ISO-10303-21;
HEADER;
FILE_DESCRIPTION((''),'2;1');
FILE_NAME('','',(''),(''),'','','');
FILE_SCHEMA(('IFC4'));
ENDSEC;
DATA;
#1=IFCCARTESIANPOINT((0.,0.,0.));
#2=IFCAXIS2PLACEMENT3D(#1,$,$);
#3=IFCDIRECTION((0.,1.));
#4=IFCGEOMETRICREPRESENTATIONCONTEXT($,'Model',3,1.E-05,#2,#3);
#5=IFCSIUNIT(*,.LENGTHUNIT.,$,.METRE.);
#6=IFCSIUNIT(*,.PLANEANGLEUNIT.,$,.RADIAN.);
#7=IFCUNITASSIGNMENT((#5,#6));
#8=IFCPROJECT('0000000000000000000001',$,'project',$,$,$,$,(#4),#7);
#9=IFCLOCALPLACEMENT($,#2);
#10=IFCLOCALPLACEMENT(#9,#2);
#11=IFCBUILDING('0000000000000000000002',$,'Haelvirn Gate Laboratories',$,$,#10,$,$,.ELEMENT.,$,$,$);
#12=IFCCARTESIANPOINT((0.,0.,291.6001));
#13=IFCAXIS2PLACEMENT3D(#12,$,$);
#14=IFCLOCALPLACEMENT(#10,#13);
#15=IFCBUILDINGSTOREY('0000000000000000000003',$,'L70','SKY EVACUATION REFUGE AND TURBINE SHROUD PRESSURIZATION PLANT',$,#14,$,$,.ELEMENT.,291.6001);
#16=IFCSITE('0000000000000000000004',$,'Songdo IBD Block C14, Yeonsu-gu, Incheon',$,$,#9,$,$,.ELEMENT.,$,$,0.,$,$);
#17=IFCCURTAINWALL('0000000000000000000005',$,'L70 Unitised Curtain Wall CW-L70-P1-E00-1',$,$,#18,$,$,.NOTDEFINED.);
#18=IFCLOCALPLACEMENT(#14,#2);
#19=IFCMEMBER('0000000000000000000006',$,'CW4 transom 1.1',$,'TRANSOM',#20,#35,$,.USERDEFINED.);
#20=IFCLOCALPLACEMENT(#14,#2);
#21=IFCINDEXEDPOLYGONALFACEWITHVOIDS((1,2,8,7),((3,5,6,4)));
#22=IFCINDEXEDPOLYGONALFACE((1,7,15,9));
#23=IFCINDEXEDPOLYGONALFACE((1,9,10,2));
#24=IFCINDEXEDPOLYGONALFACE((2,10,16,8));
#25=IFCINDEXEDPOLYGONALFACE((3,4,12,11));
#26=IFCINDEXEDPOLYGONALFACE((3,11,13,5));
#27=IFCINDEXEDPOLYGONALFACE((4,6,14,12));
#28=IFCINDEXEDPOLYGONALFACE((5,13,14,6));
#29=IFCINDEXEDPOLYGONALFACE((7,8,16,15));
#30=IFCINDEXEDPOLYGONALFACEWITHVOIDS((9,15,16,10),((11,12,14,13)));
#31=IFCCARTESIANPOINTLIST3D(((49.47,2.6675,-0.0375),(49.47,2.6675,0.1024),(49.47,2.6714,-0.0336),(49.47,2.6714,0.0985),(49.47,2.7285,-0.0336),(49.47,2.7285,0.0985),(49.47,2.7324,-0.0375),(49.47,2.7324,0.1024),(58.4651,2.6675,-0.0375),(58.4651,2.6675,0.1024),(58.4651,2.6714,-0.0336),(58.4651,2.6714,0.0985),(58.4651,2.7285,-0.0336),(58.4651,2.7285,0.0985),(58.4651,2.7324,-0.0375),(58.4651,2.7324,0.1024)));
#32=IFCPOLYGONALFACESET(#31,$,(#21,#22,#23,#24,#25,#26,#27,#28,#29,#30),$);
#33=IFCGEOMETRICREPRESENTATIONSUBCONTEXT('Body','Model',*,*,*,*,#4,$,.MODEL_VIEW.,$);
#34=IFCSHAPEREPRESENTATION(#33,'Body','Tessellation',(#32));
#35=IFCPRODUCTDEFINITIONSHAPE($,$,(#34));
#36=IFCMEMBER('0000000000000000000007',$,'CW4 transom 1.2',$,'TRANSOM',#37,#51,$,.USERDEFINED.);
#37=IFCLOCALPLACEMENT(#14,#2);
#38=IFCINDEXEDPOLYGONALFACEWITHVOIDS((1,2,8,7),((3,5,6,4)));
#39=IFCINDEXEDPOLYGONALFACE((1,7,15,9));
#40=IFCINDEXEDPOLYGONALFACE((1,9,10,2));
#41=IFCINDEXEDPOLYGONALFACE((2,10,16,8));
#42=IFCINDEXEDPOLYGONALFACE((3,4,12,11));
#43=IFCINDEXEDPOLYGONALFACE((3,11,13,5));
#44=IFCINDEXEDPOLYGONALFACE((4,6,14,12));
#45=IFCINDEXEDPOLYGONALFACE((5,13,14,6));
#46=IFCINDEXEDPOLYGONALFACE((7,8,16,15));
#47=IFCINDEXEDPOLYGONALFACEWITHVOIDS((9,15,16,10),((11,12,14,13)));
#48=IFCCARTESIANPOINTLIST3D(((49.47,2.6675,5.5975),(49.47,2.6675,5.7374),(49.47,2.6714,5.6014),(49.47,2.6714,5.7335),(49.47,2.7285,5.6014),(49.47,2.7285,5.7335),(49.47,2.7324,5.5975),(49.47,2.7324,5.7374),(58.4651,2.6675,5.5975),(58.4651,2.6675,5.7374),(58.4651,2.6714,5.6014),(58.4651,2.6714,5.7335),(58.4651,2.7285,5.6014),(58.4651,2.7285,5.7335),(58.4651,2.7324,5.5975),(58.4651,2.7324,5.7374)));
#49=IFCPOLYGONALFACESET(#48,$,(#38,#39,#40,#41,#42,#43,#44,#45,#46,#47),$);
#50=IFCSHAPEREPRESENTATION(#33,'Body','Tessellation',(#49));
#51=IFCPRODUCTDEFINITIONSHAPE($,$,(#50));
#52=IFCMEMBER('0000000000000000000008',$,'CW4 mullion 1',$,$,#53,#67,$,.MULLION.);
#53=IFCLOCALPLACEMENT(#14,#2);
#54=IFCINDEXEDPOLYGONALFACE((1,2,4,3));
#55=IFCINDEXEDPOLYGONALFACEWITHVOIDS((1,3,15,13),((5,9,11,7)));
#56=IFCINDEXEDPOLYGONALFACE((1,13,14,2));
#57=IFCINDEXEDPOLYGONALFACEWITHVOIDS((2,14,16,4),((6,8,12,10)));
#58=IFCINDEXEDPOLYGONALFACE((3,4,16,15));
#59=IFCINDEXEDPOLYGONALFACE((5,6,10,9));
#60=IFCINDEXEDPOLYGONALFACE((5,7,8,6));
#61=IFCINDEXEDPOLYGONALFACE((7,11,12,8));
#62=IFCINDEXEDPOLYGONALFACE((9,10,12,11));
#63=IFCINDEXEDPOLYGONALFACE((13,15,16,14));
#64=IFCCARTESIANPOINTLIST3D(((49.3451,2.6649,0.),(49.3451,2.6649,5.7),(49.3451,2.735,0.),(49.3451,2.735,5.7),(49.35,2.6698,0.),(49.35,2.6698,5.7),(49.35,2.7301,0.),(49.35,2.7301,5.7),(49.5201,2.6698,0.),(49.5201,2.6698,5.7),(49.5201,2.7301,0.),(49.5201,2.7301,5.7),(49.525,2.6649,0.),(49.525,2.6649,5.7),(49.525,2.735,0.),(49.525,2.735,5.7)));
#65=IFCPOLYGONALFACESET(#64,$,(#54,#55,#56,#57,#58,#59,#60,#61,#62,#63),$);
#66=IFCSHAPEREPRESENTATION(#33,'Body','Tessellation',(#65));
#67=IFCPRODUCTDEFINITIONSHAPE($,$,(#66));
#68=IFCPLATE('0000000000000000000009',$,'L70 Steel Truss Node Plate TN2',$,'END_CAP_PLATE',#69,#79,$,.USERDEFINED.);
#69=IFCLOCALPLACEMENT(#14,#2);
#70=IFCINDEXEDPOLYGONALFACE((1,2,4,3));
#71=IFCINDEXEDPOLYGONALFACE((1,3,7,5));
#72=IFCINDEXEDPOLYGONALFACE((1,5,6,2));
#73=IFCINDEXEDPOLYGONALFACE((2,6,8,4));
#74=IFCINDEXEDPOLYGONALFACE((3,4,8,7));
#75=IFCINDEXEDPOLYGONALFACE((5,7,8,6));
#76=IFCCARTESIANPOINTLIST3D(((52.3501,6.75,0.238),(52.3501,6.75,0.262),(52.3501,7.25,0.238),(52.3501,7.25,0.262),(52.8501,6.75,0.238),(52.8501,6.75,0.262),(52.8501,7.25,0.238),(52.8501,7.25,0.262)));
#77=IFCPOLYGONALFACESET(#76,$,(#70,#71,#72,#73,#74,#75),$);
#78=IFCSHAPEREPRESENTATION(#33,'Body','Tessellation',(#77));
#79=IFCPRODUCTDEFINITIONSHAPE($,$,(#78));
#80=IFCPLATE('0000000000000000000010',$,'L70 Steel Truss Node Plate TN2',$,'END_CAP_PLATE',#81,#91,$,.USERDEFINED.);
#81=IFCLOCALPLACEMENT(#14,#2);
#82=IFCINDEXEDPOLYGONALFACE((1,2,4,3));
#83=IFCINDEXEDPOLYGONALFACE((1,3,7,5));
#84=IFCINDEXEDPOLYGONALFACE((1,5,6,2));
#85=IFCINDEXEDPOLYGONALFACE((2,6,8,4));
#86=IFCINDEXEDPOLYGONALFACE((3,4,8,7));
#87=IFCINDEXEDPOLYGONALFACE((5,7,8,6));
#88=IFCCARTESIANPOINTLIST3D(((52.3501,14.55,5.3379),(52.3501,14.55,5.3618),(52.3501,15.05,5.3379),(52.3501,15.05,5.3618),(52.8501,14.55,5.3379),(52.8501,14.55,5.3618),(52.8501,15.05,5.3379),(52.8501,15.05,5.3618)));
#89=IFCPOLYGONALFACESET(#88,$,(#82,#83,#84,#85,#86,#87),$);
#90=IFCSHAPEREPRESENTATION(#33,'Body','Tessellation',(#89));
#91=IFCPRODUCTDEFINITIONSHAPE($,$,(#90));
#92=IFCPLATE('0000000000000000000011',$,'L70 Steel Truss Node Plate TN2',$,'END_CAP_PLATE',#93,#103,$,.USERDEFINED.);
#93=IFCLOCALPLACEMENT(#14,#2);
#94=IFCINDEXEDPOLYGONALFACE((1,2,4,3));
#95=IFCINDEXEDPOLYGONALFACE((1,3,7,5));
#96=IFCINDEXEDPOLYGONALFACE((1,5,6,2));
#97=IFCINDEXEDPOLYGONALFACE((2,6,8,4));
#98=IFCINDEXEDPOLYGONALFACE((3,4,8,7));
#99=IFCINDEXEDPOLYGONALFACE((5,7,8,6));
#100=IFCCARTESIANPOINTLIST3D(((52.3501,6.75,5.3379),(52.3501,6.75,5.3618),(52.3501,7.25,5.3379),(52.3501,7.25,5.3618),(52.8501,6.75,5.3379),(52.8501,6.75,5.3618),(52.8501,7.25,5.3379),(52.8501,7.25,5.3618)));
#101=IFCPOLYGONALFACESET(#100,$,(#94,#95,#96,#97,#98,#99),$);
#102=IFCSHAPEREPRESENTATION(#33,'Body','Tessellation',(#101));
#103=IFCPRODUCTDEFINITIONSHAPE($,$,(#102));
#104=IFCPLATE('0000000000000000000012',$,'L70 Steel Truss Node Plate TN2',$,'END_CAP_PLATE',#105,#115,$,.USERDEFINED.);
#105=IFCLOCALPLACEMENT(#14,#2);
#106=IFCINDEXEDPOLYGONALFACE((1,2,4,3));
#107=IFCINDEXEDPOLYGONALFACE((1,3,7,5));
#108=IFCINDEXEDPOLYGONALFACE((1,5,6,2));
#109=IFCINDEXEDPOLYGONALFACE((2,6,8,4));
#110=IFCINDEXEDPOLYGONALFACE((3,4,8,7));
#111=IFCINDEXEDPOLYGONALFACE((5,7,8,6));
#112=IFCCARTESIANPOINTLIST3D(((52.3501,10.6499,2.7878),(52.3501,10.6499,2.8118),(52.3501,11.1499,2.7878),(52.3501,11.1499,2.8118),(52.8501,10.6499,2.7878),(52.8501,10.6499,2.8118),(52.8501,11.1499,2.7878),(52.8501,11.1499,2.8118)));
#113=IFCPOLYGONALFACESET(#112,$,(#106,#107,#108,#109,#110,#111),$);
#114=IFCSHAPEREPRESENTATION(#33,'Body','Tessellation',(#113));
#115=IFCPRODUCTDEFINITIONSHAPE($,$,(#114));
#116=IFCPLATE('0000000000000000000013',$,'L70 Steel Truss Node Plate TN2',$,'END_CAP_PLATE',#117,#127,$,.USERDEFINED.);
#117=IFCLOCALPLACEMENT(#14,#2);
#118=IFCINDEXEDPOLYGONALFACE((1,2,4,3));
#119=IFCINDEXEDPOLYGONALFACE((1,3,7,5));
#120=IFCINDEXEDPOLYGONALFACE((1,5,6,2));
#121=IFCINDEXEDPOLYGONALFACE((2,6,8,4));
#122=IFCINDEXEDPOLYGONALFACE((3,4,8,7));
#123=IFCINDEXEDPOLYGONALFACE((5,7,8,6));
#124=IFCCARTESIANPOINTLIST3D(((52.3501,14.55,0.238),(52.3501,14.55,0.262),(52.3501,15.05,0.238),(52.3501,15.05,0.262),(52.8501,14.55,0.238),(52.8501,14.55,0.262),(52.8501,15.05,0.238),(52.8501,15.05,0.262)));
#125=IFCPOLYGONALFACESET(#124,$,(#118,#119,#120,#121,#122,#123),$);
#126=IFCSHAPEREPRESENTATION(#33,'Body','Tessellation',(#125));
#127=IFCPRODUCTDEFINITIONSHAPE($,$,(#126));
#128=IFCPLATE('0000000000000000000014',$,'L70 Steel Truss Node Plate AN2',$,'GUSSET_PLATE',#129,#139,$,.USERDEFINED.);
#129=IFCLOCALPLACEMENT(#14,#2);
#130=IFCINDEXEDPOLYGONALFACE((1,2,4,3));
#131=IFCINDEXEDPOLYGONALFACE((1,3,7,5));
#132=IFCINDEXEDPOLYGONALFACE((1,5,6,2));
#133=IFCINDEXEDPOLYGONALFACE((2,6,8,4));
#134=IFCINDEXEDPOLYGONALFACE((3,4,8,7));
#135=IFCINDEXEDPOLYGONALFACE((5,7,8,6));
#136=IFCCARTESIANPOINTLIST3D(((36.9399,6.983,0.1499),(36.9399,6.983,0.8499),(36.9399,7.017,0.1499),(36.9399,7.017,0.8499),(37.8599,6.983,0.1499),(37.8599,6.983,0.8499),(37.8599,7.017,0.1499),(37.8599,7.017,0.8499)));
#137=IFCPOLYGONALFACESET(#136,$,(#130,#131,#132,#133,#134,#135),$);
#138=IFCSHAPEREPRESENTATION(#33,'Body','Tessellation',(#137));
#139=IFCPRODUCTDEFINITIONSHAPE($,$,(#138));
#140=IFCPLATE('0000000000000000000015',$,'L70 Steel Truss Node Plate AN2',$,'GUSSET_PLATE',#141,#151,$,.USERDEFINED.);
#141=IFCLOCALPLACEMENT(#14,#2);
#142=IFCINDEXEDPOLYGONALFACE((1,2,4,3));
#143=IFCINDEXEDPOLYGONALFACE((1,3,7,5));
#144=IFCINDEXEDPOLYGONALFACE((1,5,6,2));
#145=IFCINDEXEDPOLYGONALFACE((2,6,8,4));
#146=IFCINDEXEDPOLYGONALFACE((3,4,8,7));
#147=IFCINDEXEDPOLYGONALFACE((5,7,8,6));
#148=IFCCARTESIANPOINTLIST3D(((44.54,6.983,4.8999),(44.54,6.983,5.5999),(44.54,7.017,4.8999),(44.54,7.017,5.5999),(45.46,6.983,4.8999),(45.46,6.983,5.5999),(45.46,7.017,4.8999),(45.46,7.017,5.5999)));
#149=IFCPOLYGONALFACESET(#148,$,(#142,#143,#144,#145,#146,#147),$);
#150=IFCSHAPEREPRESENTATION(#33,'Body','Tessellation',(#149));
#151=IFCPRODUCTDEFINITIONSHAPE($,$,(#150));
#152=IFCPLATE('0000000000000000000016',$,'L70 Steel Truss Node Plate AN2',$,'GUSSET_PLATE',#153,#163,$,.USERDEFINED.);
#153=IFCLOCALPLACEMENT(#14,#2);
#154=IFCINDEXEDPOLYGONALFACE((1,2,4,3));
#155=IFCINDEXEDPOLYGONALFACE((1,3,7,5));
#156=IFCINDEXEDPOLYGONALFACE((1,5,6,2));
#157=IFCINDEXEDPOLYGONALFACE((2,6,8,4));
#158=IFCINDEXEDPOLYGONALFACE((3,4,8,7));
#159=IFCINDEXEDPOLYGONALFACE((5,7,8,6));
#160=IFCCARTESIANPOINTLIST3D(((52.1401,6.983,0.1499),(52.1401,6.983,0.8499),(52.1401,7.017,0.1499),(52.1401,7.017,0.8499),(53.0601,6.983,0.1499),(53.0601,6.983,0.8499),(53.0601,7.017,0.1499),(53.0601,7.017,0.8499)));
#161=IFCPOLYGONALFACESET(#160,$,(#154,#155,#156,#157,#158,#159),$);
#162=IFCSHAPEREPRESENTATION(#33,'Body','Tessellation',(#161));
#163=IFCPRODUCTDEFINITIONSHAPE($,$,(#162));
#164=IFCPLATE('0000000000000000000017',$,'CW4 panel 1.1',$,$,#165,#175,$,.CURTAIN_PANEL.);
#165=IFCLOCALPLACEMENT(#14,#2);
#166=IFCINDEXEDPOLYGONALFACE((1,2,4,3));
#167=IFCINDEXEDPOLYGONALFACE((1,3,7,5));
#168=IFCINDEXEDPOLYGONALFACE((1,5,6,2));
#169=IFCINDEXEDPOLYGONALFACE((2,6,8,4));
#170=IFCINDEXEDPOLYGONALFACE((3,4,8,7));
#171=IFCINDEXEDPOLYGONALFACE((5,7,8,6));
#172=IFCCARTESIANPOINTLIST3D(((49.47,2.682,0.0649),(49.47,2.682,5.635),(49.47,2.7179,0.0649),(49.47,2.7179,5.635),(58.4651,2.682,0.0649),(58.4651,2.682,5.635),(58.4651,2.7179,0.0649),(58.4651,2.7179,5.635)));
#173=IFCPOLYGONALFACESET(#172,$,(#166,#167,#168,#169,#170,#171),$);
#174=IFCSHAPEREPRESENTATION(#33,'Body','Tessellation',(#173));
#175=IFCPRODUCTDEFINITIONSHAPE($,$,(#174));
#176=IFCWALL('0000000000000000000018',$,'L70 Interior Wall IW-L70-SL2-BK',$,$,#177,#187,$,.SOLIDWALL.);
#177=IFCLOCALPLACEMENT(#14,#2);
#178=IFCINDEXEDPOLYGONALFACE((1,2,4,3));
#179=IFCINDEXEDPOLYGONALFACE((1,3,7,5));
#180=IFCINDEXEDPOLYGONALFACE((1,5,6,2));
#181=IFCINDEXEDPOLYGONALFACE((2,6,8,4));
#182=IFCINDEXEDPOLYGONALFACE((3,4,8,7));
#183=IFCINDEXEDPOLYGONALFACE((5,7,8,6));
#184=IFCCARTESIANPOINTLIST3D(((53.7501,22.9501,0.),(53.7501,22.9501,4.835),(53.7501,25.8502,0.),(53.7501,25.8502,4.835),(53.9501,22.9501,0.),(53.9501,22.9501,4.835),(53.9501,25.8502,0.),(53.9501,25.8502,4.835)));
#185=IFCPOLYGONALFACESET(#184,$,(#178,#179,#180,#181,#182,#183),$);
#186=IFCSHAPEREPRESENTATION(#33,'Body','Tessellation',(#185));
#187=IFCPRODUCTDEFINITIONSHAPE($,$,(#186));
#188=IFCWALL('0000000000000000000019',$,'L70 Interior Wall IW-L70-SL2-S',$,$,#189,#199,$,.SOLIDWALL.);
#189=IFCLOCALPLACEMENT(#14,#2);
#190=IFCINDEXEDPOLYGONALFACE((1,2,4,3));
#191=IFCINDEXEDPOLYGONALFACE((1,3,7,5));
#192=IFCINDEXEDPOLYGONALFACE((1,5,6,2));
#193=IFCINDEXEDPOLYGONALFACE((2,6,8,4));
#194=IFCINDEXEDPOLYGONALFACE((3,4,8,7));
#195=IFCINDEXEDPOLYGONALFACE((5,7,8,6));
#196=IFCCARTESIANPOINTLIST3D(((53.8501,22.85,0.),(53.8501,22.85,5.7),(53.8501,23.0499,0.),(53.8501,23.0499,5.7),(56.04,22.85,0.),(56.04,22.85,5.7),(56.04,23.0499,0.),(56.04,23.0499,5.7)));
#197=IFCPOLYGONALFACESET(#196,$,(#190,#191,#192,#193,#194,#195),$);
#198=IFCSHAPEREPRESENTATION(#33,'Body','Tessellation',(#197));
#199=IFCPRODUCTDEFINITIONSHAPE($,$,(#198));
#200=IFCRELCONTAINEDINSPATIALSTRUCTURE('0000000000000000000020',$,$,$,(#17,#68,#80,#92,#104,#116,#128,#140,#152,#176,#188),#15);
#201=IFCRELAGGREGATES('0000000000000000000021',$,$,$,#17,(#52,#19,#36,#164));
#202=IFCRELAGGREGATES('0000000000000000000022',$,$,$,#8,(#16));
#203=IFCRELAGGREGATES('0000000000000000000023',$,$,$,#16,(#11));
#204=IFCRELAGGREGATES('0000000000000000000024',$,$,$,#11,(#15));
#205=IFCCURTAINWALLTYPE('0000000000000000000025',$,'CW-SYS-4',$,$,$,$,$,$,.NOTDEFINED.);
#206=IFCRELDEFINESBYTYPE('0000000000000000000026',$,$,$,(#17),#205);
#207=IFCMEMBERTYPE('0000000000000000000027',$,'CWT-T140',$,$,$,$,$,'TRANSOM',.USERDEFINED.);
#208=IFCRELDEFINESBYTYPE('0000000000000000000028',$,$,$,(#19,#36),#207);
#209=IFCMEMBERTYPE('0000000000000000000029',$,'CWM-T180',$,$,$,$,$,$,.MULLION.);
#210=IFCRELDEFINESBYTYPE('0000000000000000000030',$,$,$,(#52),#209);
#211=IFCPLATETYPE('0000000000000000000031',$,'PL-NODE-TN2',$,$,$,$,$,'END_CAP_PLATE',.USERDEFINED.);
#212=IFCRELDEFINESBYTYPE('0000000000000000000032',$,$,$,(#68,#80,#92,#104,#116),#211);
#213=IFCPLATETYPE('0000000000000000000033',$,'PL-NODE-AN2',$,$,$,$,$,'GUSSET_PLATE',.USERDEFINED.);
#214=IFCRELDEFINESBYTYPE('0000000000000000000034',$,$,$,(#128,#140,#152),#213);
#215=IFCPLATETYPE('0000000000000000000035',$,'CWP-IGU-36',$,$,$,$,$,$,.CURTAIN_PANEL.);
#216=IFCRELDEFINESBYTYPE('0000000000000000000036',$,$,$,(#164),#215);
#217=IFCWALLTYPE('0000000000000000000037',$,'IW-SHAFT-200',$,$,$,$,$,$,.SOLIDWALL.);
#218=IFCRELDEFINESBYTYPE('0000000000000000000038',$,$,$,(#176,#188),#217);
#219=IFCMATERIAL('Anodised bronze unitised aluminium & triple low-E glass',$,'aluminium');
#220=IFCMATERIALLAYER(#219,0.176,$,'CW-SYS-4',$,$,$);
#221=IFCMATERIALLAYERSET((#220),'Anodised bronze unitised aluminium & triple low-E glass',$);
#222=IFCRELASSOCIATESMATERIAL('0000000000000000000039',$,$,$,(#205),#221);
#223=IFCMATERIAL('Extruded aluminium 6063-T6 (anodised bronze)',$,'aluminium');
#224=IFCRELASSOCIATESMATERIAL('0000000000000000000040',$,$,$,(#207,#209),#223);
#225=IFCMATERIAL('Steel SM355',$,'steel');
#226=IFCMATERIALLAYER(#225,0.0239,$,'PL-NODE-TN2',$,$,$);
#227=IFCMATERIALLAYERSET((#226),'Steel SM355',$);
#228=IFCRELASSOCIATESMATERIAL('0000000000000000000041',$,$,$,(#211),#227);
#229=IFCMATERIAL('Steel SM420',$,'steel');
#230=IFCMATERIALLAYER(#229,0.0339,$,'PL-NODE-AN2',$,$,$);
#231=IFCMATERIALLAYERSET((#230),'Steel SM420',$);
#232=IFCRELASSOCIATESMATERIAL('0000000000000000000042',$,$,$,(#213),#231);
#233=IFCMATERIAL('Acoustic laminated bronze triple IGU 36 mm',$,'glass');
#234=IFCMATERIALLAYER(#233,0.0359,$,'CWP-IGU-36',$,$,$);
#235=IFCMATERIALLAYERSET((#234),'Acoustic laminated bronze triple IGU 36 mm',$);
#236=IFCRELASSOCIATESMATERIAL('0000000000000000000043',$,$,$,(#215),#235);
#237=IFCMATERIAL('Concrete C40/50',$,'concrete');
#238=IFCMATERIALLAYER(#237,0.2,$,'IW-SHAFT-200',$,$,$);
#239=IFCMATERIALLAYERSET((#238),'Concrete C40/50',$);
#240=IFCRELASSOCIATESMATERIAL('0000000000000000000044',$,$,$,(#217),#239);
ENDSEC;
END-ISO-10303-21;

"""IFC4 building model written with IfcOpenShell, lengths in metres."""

from ifc_helpers import new_model, si_unit, direction, frame, frame_2d, origin, origin_2d, place, context, subcontext, project, spatial, rectangle, hollow_rectangle, extrude, source, transform, mapped, material, layer, layer_set, material_profile, profile_set, type_object, type_shapes, element, aggregate, save


model = new_model("IFC4")

# Units and contexts
model_context = context("Model", 3, precision=1e-05, world=origin(), true_north=direction((0.0, 1.0)))
body_context = subcontext(model_context, "Body", "Model", "MODEL_VIEW")
ifc_project = project(units=[si_unit("LENGTHUNIT", "METRE"), si_unit("PLANEANGLEUNIT", "RADIAN")], contexts=[model_context])

# Site, building, storey
site_placement = place(None, origin())
site = spatial("IfcSite", under=ifc_project, at=site_placement, Name="Songdo IBD Block C14, Yeonsu-gu, Incheon", CompositionType="ELEMENT", RefElevation=0.0)
building_placement = place(site_placement, origin())
building = spatial("IfcBuilding", under=site, at=building_placement, Name="Haelvirn Gate Laboratories", CompositionType="ELEMENT")
storey_placement = place(building_placement, frame((0.0, 0.0, 291.6001)))
storey = spatial("IfcBuildingStorey", under=building, at=storey_placement, Name="L70", Description="SKY EVACUATION REFUGE AND TURBINE SHROUD PRESSURIZATION PLANT", CompositionType="ELEMENT", Elevation=291.6001)

# Shared definitions
ifc_material_1 = material(Name="Steel SM420", Category="steel")
ifc_material_2 = material(Name="Steel SM355", Category="steel")

# Curtain wall, members
ifc_material_3 = material(Name="Anodised bronze unitised aluminium & triple low-E glass", Category="aluminium")
ifc_layer_1 = layer(ifc_material_3, 0.176, Name="CW-SYS-4")
ifc_layer_set_1 = layer_set([ifc_layer_1], Name="Anodised bronze unitised aluminium & triple low-E glass")
curtain_wall_type = type_object("IfcCurtainWallType", Name="CW-SYS-4", PredefinedType="NOTDEFINED", material=ifc_layer_set_1)
curtain_wall_placement = place(storey_placement, origin())
curtain_wall = element("IfcCurtainWall", 1, at=curtain_wall_placement, inside=storey, type_object=curtain_wall_type, Name="L70 Unitised Curtain Wall CW-L70-P1-E00-1", PredefinedType="NOTDEFINED")
ifc_material_4 = material(Name="Extruded aluminium 6063-T6 (anodised bronze)", Category="aluminium")
ifc_material_profile_1 = material_profile(ifc_material_4, hollow_rectangle(XDim=0.0649, YDim=0.1399, WallThickness=0.0039, at=origin_2d()), Name="CWT-140x65x4")
ifc_profile_set_1 = profile_set([ifc_material_profile_1], Name="Extruded aluminium 6063-T6 (anodised bronze)")
member_type_1 = type_object("IfcMemberType", Name="CWT-T140", ElementType="TRANSOM", PredefinedType="USERDEFINED", material=ifc_profile_set_1)
shared_shape_1 = source(origin(), body_context, "Body", "SweptSolid", [
    extrude(hollow_rectangle(XDim=0.0649, YDim=0.1399, WallThickness=0.0039, at=origin_2d()), origin(), (0.0, 0.0, 1.0), 8.9951),
])
type_shapes(member_type_1, [shared_shape_1])
member_1_placement = place(storey_placement, frame((49.47, 2.7, 0.0325), z_axis=(1.0, 0.0, 0.0), x_axis=(0.0, 1.0, 0.0)))
member_1 = element("IfcMember", 2, at=member_1_placement, type_object=member_type_1, Name="CW4 transom 1.1", ObjectType="TRANSOM", PredefinedType="USERDEFINED", context=body_context, shape_type="MappedRepresentation", body=[
    mapped(shared_shape_1, transform((0.0, 0.0, 0.0), scale=1.0)),
])
member_2_placement = place(storey_placement, frame((49.47, 2.7, 5.6675), z_axis=(1.0, 0.0, 0.0), x_axis=(0.0, 1.0, 0.0)))
member_2 = element("IfcMember", 3, at=member_2_placement, type_object=member_type_1, Name="CW4 transom 1.2", ObjectType="TRANSOM", PredefinedType="USERDEFINED", context=body_context, shape_type="MappedRepresentation", body=[
    mapped(shared_shape_1, transform((0.0, 0.0, 0.0), scale=1.0)),
])
ifc_material_profile_2 = material_profile(ifc_material_4, hollow_rectangle(XDim=0.0701, YDim=0.1799, WallThickness=0.0049, at=origin_2d()), Name="CWM-180x70x5")
ifc_profile_set_2 = profile_set([ifc_material_profile_2], Name="Extruded aluminium 6063-T6 (anodised bronze)")
member_type_2 = type_object("IfcMemberType", Name="CWM-T180", PredefinedType="MULLION", material=ifc_profile_set_2)
shared_shape_2 = source(origin(), body_context, "Body", "SweptSolid", [
    extrude(hollow_rectangle(XDim=0.0701, YDim=0.1799, WallThickness=0.0049, at=origin_2d()), origin(), (0.0, 0.0, 1.0), 5.7),
])
type_shapes(member_type_2, [shared_shape_2])
member_3_placement = place(storey_placement, frame((49.4351, 2.7, 0.0), z_axis=(0.0, 0.0, 1.0), x_axis=(0.0, 1.0, 0.0)))
member_3 = element("IfcMember", 4, at=member_3_placement, type_object=member_type_2, Name="CW4 mullion 1", PredefinedType="MULLION", context=body_context, shape_type="MappedRepresentation", body=[
    mapped(shared_shape_2, transform((0.0, 0.0, 0.0), scale=1.0)),
])

# Plates
ifc_layer_2 = layer(ifc_material_2, 0.0239, Name="PL-NODE-TN2")
ifc_layer_set_2 = layer_set([ifc_layer_2], Name="Steel SM355")
plate_type_1 = type_object("IfcPlateType", Name="PL-NODE-TN2", ElementType="END_CAP_PLATE", PredefinedType="USERDEFINED", material=ifc_layer_set_2)
shared_shape_3 = source(origin(), body_context, "Body", "SweptSolid", [
    extrude(rectangle(XDim=0.5, YDim=0.5, at=origin_2d()), origin(), (0.0, 0.0, 1.0), 0.0239),
])
type_shapes(plate_type_1, [shared_shape_3])
for number, where, z_axis, x_axis, name in (
    (5, (52.6001, 7.0, 0.238), (0.0, 0.0, 1.0), (1.0, 0.0, 0.0), "L70 Steel Truss Node Plate TN2"),
    (6, (52.6001, 14.8, 5.3379), (0.0, 0.0, 1.0), (1.0, 0.0, 0.0), "L70 Steel Truss Node Plate TN2"),
    (7, (52.6001, 7.0, 5.3379), (0.0, 0.0, 1.0), (1.0, 0.0, 0.0), "L70 Steel Truss Node Plate TN2"),
    (8, (52.6001, 10.8999, 2.7878), (0.0, 0.0, 1.0), (1.0, 0.0, 0.0), "L70 Steel Truss Node Plate TN2"),
    (9, (52.6001, 14.8, 0.238), (0.0, 0.0, 1.0), (1.0, 0.0, 0.0), "L70 Steel Truss Node Plate TN2"),
):
    element("IfcPlate", number, at=place(storey_placement, frame(where, z_axis=z_axis, x_axis=x_axis)), inside=storey, type_object=plate_type_1, Name=name, ObjectType="END_CAP_PLATE", PredefinedType="USERDEFINED", context=body_context, shape_type="MappedRepresentation", body=[
        mapped(shared_shape_3, transform((0.0, 0.0, 0.0), scale=1.0)),
    ])
ifc_layer_3 = layer(ifc_material_1, 0.0339, Name="PL-NODE-AN2")
ifc_layer_set_3 = layer_set([ifc_layer_3], Name="Steel SM420")
plate_type_2 = type_object("IfcPlateType", Name="PL-NODE-AN2", ElementType="GUSSET_PLATE", PredefinedType="USERDEFINED", material=ifc_layer_set_3)
shared_shape_4 = source(origin(), body_context, "Body", "SweptSolid", [
    extrude(rectangle(XDim=0.9199, YDim=0.0339, at=origin_2d()), origin(), (0.0, 0.0, 1.0), 0.7),
])
type_shapes(plate_type_2, [shared_shape_4])
for number, where, z_axis, x_axis, name in (
    (10, (37.3999, 7.0, 0.1499), (0.0, 0.0, 1.0), (1.0, 0.0, 0.0), "L70 Steel Truss Node Plate AN2"),
    (11, (45.0, 7.0, 4.8999), (0.0, 0.0, 1.0), (1.0, 0.0, 0.0), "L70 Steel Truss Node Plate AN2"),
    (12, (52.6001, 7.0, 0.1499), (0.0, 0.0, 1.0), (1.0, 0.0, 0.0), "L70 Steel Truss Node Plate AN2"),
):
    element("IfcPlate", number, at=place(storey_placement, frame(where, z_axis=z_axis, x_axis=x_axis)), inside=storey, type_object=plate_type_2, Name=name, ObjectType="GUSSET_PLATE", PredefinedType="USERDEFINED", context=body_context, shape_type="MappedRepresentation", body=[
        mapped(shared_shape_4, transform((0.0, 0.0, 0.0), scale=1.0)),
    ])

# Plate
ifc_material_5 = material(Name="Acoustic laminated bronze triple IGU 36 mm", Category="glass")
ifc_layer_4 = layer(ifc_material_5, 0.0359, Name="CWP-IGU-36")
ifc_layer_set_4 = layer_set([ifc_layer_4], Name="Acoustic laminated bronze triple IGU 36 mm")
plate_type_3 = type_object("IfcPlateType", Name="CWP-IGU-36", PredefinedType="CURTAIN_PANEL", material=ifc_layer_set_4)
shared_shape_5 = source(origin(), body_context, "Body", "SweptSolid", [
    extrude(rectangle(XDim=8.9951, YDim=0.0359, at=origin_2d()), origin(), (0.0, 0.0, 1.0), 5.5701),
])
type_shapes(plate_type_3, [shared_shape_5])
plate_placement = place(storey_placement, frame((53.9675, 2.7, 0.0649), z_axis=(0.0, 0.0, 1.0), x_axis=(1.0, 0.0, 0.0)))
plate = element("IfcPlate", 13, at=plate_placement, type_object=plate_type_3, Name="CW4 panel 1.1", PredefinedType="CURTAIN_PANEL", context=body_context, shape_type="MappedRepresentation", body=[
    mapped(shared_shape_5, transform((0.0, 0.0, 0.0), scale=1.0)),
])
aggregate(curtain_wall, [member_3, member_1, member_2, plate])

# Walls
ifc_material_6 = material(Name="Concrete C40/50", Category="concrete")
ifc_layer_5 = layer(ifc_material_6, 0.2, Name="IW-SHAFT-200")
ifc_layer_set_5 = layer_set([ifc_layer_5], Name="Concrete C40/50")
wall_type_1 = type_object("IfcWallType", Name="IW-SHAFT-200", PredefinedType="SOLIDWALL", material=ifc_layer_set_5)
wall_1_placement = place(storey_placement, frame((53.8501, 22.95, 0.0), z_axis=(0.0, 0.0, 1.0), x_axis=(0.0, 1.0, 0.0)))
element("IfcWall", 14, at=wall_1_placement, inside=storey, type_object=wall_type_1, Name="L70 Interior Wall IW-L70-SL2-BK", PredefinedType="SOLIDWALL", context=body_context, shape_type="SweptSolid", body=[
    extrude(rectangle(XDim=2.9001, YDim=0.2, at=frame_2d((1.4502, 0.0))), origin(), (0.0, 0.0, 1.0), 4.835),
])
wall_2_placement = place(storey_placement, frame((53.8501, 22.95, 0.0), z_axis=(0.0, 0.0, 1.0), x_axis=(1.0, 0.0, 0.0)))
element("IfcWall", 15, at=wall_2_placement, inside=storey, type_object=wall_type_1, Name="L70 Interior Wall IW-L70-SL2-S", PredefinedType="SOLIDWALL", context=body_context, shape_type="SweptSolid", body=[
    extrude(rectangle(XDim=2.1899, YDim=0.2, at=frame_2d((1.095, 0.0))), origin(), (0.0, 0.0, 1.0), 5.7),
])

save(model, "model.ifc")
